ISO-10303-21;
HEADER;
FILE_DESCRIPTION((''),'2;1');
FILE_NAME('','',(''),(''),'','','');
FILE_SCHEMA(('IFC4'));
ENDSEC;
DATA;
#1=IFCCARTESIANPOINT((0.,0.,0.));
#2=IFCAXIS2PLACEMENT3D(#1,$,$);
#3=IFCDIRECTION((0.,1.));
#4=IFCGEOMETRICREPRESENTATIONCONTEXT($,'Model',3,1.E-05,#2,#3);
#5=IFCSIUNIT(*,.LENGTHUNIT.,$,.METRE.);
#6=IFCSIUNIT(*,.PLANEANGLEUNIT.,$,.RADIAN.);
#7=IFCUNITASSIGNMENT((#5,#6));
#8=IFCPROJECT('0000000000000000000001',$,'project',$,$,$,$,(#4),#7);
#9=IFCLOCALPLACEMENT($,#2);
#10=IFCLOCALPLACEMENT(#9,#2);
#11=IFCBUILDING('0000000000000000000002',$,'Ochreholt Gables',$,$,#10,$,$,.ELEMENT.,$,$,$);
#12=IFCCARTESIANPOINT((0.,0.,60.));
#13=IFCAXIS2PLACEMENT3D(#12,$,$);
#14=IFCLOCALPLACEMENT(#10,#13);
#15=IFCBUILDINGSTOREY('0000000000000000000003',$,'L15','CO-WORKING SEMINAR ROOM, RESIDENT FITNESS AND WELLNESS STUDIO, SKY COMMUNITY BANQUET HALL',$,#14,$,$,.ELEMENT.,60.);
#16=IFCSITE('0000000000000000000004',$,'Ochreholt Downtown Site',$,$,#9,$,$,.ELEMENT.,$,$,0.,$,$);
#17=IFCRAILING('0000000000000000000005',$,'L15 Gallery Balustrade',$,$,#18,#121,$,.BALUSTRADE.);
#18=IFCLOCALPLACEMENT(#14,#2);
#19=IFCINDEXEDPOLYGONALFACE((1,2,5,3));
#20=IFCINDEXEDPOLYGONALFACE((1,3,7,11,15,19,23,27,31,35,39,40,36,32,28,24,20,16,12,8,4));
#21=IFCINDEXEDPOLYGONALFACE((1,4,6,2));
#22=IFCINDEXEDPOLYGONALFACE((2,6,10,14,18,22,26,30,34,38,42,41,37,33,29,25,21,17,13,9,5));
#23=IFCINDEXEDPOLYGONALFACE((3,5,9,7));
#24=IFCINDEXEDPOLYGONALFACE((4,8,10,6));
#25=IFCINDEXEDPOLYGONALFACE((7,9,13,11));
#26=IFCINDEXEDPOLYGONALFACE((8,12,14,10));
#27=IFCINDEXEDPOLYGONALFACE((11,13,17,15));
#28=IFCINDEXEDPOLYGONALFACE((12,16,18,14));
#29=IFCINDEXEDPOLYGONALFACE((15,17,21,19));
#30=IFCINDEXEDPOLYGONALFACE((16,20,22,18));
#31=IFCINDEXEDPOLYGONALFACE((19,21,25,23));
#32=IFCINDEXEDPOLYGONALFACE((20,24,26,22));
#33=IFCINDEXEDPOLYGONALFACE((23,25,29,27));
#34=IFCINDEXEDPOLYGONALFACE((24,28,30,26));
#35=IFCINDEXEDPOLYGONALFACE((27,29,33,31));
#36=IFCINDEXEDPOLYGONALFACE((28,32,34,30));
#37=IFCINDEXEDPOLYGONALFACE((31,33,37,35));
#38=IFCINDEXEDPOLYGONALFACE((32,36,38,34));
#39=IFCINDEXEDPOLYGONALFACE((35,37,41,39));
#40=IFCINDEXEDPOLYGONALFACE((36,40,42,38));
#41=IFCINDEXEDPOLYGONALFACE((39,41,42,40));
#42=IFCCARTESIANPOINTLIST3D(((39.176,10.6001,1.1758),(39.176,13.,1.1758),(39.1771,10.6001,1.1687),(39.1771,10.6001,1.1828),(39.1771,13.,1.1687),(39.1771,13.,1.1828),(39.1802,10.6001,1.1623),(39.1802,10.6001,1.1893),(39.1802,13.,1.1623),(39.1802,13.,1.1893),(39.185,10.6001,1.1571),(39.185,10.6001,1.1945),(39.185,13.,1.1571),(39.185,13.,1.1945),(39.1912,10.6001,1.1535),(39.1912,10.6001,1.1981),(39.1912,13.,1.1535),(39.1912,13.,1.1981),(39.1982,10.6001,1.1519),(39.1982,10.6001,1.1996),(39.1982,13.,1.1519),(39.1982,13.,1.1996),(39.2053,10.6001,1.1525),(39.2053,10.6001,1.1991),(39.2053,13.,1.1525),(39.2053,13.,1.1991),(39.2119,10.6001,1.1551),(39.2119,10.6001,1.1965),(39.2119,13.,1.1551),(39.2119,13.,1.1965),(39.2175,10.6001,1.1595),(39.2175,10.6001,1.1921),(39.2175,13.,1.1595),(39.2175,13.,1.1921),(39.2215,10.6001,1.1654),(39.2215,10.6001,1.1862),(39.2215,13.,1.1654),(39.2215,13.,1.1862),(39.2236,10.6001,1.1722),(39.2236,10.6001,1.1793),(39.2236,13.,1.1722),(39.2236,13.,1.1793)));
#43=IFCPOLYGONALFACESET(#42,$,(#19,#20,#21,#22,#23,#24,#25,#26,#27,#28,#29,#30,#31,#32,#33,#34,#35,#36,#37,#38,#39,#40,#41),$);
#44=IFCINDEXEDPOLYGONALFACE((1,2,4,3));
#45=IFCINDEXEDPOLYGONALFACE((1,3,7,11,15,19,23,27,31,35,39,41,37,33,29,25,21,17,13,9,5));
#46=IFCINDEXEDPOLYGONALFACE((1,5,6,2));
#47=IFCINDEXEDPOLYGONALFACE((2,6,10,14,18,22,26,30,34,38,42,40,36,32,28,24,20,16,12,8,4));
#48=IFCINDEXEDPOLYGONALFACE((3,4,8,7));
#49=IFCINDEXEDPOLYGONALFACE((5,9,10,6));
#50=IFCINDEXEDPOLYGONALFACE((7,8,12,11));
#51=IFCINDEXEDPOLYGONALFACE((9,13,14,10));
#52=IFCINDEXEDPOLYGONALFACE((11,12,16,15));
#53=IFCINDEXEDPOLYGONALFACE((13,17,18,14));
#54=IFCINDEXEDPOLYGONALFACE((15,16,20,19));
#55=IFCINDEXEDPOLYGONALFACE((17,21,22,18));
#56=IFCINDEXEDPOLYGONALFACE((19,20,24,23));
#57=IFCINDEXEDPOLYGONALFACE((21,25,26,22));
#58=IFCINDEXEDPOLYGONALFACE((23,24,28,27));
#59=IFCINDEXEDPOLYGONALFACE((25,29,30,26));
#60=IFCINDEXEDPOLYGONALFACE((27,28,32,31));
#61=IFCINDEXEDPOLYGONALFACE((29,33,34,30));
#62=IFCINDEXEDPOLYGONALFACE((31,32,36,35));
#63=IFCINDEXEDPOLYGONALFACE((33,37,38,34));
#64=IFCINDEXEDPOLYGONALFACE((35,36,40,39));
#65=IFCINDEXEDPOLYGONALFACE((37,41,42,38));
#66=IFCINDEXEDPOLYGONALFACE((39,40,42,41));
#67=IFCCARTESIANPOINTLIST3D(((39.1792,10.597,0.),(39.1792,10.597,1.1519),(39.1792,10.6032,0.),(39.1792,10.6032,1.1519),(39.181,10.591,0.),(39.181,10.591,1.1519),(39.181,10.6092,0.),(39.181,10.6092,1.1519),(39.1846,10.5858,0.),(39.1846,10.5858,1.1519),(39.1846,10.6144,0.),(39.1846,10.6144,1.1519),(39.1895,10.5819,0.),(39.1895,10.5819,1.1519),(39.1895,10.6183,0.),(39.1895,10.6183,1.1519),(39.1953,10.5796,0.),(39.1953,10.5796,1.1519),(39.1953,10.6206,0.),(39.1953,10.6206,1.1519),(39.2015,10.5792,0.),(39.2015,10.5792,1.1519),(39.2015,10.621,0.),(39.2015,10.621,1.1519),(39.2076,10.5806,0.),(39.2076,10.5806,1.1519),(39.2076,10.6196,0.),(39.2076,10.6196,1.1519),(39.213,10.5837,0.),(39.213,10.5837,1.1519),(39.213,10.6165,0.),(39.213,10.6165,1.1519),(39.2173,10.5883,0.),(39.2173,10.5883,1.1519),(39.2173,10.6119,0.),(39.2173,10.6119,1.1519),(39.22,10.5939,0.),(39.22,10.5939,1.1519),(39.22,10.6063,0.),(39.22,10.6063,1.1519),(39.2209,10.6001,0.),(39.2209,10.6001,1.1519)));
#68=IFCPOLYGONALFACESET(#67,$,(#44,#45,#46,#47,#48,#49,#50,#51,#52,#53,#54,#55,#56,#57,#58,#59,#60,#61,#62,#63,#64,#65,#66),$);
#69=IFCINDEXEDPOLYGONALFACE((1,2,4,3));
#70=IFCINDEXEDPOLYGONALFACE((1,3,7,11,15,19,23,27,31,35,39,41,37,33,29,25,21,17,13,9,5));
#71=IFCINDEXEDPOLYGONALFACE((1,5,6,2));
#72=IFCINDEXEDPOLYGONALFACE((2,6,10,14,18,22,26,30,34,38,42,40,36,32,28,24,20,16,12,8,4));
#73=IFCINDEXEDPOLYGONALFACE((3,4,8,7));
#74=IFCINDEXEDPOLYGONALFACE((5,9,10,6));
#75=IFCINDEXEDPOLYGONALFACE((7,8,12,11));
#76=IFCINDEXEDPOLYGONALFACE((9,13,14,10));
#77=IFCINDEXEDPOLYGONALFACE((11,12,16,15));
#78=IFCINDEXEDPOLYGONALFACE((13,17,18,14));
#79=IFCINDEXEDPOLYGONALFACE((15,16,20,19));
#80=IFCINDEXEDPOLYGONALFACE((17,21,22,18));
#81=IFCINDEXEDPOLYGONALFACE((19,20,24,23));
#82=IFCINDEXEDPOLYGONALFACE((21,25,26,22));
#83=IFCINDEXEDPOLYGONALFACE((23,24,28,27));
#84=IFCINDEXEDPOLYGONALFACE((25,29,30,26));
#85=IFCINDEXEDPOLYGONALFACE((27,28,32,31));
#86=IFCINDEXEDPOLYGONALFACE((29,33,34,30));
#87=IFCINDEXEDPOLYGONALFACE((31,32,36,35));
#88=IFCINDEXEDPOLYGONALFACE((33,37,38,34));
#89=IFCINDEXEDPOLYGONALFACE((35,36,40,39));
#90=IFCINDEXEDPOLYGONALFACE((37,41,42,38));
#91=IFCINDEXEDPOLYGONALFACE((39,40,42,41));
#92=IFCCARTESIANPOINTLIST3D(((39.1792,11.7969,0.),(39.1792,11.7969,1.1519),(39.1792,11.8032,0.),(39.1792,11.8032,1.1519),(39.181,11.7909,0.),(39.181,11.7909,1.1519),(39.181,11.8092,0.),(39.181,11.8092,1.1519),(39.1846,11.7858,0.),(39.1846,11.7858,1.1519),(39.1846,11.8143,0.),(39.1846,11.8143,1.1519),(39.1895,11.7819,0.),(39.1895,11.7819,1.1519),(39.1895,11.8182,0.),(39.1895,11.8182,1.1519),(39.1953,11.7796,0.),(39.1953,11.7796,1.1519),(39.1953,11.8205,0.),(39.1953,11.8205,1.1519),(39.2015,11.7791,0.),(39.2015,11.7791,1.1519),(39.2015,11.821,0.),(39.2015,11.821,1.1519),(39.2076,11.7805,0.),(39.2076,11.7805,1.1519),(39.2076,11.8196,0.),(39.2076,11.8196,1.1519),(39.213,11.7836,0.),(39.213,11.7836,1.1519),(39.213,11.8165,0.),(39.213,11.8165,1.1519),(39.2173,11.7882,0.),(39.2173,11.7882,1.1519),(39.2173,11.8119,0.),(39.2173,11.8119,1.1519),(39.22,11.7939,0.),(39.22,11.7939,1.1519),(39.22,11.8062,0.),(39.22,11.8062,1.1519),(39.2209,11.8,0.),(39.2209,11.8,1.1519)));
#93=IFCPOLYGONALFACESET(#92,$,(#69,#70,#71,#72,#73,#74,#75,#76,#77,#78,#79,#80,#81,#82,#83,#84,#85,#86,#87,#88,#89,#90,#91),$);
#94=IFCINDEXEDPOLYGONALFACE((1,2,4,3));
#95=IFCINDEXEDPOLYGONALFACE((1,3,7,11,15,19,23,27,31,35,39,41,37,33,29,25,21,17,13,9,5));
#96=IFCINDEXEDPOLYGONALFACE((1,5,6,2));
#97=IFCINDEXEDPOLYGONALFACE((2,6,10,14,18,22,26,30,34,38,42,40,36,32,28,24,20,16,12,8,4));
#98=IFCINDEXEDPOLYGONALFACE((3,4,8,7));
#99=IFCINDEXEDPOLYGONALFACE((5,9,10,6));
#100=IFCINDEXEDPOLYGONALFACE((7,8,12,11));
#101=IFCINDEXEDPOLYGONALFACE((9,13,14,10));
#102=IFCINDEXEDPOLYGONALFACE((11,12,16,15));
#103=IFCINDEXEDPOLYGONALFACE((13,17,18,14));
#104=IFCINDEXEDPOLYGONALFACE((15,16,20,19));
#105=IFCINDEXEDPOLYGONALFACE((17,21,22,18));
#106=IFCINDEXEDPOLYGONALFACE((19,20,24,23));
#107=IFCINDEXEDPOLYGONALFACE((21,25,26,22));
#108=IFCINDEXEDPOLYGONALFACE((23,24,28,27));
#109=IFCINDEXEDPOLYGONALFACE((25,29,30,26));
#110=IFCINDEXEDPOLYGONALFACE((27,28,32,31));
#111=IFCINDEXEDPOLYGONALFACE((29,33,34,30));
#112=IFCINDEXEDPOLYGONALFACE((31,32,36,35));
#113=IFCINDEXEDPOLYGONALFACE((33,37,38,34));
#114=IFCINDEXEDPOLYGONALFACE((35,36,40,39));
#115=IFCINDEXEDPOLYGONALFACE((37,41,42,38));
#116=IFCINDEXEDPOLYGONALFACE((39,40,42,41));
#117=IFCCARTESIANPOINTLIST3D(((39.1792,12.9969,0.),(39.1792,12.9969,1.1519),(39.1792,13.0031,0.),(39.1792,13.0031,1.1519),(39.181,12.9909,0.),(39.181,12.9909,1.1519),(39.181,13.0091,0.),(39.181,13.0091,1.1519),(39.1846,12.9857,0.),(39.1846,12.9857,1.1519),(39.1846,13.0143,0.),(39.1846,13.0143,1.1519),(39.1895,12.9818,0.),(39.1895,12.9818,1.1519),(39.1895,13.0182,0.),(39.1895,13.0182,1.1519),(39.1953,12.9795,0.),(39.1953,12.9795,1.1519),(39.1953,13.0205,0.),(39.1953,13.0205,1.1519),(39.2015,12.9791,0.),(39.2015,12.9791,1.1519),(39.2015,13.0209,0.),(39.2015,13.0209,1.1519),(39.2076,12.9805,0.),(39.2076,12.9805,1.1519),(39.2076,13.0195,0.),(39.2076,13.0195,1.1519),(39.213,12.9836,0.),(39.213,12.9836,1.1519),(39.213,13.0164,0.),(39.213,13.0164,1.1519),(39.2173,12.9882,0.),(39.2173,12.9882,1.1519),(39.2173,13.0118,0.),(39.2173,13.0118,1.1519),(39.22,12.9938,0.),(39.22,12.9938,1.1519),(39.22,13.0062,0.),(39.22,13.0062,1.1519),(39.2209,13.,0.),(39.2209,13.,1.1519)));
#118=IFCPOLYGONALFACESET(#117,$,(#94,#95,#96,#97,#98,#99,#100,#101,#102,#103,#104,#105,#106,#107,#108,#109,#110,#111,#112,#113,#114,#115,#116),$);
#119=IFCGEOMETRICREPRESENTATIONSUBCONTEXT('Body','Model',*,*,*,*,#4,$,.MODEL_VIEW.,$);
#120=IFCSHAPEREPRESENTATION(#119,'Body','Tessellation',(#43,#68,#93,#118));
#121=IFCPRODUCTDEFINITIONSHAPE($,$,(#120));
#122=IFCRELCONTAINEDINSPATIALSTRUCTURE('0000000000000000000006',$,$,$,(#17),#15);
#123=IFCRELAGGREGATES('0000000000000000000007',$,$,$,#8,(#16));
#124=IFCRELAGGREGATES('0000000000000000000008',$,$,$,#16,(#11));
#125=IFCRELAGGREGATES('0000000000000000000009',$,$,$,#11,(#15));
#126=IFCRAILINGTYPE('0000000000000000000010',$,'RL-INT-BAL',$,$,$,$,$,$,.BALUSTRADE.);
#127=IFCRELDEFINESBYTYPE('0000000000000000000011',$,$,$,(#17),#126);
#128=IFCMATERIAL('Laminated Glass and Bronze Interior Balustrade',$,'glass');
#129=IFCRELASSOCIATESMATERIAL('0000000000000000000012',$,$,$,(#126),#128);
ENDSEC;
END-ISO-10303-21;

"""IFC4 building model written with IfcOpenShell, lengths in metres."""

from ifc_helpers import new_model, si_unit, direction, frame, origin, origin_2d, place, context, subcontext, project, spatial, circle, extrude, material, type_object, element, save


model = new_model("IFC4")

# Units and contexts
model_context = context("Model", 3, precision=1e-05, world=origin(), true_north=direction((0.0, 1.0)))
body_context = subcontext(model_context, "Body", "Model", "MODEL_VIEW")
ifc_project = project(units=[si_unit("LENGTHUNIT", "METRE"), si_unit("PLANEANGLEUNIT", "RADIAN")], contexts=[model_context])

# Site, building, storey
site_placement = place(None, origin())
site = spatial("IfcSite", under=ifc_project, at=site_placement, Name="Ochreholt Downtown Site", CompositionType="ELEMENT", RefElevation=0.0)
building_placement = place(site_placement, origin())
building = spatial("IfcBuilding", under=site, at=building_placement, Name="Ochreholt Gables", CompositionType="ELEMENT")
storey_placement = place(building_placement, frame((0.0, 0.0, 60.0)))
storey = spatial("IfcBuildingStorey", under=building, at=storey_placement, Name="L15", Description="CO-WORKING SEMINAR ROOM, RESIDENT FITNESS AND WELLNESS STUDIO, SKY COMMUNITY BANQUET HALL", CompositionType="ELEMENT", Elevation=60.0)

# Railing
ifc_material_1 = material(Name="Laminated Glass and Bronze Interior Balustrade", Category="glass")
railing_type = type_object("IfcRailingType", Name="RL-INT-BAL", PredefinedType="BALUSTRADE", material=ifc_material_1)
railing_placement = place(storey_placement, frame((39.2, 10.6001, 0.0)))
element("IfcRailing", 1, at=railing_placement, inside=storey, type_object=railing_type, Name="L15 Gallery Balustrade", PredefinedType="BALUSTRADE", context=body_context, shape_type="SweptSolid", body=[
    extrude(circle(Radius=0.0239, at=origin_2d()), frame((0.0, 0.0, 1.1758), z_axis=(0.0, 1.0, 0.0), x_axis=(-1.0, 0.0, 0.0)), (0.0, 0.0, 1.0), 2.3999),
    extrude(circle(Radius=0.021, at=origin_2d()), origin(), (0.0, 0.0, 1.0), 1.1519),
    extrude(circle(Radius=0.021, at=origin_2d()), frame((0.0, 1.2, 0.0)), (0.0, 0.0, 1.0), 1.1519),
    extrude(circle(Radius=0.021, at=origin_2d()), frame((0.0, 2.3999, 0.0)), (0.0, 0.0, 1.0), 1.1519),
])

save(model, "model.ifc")
